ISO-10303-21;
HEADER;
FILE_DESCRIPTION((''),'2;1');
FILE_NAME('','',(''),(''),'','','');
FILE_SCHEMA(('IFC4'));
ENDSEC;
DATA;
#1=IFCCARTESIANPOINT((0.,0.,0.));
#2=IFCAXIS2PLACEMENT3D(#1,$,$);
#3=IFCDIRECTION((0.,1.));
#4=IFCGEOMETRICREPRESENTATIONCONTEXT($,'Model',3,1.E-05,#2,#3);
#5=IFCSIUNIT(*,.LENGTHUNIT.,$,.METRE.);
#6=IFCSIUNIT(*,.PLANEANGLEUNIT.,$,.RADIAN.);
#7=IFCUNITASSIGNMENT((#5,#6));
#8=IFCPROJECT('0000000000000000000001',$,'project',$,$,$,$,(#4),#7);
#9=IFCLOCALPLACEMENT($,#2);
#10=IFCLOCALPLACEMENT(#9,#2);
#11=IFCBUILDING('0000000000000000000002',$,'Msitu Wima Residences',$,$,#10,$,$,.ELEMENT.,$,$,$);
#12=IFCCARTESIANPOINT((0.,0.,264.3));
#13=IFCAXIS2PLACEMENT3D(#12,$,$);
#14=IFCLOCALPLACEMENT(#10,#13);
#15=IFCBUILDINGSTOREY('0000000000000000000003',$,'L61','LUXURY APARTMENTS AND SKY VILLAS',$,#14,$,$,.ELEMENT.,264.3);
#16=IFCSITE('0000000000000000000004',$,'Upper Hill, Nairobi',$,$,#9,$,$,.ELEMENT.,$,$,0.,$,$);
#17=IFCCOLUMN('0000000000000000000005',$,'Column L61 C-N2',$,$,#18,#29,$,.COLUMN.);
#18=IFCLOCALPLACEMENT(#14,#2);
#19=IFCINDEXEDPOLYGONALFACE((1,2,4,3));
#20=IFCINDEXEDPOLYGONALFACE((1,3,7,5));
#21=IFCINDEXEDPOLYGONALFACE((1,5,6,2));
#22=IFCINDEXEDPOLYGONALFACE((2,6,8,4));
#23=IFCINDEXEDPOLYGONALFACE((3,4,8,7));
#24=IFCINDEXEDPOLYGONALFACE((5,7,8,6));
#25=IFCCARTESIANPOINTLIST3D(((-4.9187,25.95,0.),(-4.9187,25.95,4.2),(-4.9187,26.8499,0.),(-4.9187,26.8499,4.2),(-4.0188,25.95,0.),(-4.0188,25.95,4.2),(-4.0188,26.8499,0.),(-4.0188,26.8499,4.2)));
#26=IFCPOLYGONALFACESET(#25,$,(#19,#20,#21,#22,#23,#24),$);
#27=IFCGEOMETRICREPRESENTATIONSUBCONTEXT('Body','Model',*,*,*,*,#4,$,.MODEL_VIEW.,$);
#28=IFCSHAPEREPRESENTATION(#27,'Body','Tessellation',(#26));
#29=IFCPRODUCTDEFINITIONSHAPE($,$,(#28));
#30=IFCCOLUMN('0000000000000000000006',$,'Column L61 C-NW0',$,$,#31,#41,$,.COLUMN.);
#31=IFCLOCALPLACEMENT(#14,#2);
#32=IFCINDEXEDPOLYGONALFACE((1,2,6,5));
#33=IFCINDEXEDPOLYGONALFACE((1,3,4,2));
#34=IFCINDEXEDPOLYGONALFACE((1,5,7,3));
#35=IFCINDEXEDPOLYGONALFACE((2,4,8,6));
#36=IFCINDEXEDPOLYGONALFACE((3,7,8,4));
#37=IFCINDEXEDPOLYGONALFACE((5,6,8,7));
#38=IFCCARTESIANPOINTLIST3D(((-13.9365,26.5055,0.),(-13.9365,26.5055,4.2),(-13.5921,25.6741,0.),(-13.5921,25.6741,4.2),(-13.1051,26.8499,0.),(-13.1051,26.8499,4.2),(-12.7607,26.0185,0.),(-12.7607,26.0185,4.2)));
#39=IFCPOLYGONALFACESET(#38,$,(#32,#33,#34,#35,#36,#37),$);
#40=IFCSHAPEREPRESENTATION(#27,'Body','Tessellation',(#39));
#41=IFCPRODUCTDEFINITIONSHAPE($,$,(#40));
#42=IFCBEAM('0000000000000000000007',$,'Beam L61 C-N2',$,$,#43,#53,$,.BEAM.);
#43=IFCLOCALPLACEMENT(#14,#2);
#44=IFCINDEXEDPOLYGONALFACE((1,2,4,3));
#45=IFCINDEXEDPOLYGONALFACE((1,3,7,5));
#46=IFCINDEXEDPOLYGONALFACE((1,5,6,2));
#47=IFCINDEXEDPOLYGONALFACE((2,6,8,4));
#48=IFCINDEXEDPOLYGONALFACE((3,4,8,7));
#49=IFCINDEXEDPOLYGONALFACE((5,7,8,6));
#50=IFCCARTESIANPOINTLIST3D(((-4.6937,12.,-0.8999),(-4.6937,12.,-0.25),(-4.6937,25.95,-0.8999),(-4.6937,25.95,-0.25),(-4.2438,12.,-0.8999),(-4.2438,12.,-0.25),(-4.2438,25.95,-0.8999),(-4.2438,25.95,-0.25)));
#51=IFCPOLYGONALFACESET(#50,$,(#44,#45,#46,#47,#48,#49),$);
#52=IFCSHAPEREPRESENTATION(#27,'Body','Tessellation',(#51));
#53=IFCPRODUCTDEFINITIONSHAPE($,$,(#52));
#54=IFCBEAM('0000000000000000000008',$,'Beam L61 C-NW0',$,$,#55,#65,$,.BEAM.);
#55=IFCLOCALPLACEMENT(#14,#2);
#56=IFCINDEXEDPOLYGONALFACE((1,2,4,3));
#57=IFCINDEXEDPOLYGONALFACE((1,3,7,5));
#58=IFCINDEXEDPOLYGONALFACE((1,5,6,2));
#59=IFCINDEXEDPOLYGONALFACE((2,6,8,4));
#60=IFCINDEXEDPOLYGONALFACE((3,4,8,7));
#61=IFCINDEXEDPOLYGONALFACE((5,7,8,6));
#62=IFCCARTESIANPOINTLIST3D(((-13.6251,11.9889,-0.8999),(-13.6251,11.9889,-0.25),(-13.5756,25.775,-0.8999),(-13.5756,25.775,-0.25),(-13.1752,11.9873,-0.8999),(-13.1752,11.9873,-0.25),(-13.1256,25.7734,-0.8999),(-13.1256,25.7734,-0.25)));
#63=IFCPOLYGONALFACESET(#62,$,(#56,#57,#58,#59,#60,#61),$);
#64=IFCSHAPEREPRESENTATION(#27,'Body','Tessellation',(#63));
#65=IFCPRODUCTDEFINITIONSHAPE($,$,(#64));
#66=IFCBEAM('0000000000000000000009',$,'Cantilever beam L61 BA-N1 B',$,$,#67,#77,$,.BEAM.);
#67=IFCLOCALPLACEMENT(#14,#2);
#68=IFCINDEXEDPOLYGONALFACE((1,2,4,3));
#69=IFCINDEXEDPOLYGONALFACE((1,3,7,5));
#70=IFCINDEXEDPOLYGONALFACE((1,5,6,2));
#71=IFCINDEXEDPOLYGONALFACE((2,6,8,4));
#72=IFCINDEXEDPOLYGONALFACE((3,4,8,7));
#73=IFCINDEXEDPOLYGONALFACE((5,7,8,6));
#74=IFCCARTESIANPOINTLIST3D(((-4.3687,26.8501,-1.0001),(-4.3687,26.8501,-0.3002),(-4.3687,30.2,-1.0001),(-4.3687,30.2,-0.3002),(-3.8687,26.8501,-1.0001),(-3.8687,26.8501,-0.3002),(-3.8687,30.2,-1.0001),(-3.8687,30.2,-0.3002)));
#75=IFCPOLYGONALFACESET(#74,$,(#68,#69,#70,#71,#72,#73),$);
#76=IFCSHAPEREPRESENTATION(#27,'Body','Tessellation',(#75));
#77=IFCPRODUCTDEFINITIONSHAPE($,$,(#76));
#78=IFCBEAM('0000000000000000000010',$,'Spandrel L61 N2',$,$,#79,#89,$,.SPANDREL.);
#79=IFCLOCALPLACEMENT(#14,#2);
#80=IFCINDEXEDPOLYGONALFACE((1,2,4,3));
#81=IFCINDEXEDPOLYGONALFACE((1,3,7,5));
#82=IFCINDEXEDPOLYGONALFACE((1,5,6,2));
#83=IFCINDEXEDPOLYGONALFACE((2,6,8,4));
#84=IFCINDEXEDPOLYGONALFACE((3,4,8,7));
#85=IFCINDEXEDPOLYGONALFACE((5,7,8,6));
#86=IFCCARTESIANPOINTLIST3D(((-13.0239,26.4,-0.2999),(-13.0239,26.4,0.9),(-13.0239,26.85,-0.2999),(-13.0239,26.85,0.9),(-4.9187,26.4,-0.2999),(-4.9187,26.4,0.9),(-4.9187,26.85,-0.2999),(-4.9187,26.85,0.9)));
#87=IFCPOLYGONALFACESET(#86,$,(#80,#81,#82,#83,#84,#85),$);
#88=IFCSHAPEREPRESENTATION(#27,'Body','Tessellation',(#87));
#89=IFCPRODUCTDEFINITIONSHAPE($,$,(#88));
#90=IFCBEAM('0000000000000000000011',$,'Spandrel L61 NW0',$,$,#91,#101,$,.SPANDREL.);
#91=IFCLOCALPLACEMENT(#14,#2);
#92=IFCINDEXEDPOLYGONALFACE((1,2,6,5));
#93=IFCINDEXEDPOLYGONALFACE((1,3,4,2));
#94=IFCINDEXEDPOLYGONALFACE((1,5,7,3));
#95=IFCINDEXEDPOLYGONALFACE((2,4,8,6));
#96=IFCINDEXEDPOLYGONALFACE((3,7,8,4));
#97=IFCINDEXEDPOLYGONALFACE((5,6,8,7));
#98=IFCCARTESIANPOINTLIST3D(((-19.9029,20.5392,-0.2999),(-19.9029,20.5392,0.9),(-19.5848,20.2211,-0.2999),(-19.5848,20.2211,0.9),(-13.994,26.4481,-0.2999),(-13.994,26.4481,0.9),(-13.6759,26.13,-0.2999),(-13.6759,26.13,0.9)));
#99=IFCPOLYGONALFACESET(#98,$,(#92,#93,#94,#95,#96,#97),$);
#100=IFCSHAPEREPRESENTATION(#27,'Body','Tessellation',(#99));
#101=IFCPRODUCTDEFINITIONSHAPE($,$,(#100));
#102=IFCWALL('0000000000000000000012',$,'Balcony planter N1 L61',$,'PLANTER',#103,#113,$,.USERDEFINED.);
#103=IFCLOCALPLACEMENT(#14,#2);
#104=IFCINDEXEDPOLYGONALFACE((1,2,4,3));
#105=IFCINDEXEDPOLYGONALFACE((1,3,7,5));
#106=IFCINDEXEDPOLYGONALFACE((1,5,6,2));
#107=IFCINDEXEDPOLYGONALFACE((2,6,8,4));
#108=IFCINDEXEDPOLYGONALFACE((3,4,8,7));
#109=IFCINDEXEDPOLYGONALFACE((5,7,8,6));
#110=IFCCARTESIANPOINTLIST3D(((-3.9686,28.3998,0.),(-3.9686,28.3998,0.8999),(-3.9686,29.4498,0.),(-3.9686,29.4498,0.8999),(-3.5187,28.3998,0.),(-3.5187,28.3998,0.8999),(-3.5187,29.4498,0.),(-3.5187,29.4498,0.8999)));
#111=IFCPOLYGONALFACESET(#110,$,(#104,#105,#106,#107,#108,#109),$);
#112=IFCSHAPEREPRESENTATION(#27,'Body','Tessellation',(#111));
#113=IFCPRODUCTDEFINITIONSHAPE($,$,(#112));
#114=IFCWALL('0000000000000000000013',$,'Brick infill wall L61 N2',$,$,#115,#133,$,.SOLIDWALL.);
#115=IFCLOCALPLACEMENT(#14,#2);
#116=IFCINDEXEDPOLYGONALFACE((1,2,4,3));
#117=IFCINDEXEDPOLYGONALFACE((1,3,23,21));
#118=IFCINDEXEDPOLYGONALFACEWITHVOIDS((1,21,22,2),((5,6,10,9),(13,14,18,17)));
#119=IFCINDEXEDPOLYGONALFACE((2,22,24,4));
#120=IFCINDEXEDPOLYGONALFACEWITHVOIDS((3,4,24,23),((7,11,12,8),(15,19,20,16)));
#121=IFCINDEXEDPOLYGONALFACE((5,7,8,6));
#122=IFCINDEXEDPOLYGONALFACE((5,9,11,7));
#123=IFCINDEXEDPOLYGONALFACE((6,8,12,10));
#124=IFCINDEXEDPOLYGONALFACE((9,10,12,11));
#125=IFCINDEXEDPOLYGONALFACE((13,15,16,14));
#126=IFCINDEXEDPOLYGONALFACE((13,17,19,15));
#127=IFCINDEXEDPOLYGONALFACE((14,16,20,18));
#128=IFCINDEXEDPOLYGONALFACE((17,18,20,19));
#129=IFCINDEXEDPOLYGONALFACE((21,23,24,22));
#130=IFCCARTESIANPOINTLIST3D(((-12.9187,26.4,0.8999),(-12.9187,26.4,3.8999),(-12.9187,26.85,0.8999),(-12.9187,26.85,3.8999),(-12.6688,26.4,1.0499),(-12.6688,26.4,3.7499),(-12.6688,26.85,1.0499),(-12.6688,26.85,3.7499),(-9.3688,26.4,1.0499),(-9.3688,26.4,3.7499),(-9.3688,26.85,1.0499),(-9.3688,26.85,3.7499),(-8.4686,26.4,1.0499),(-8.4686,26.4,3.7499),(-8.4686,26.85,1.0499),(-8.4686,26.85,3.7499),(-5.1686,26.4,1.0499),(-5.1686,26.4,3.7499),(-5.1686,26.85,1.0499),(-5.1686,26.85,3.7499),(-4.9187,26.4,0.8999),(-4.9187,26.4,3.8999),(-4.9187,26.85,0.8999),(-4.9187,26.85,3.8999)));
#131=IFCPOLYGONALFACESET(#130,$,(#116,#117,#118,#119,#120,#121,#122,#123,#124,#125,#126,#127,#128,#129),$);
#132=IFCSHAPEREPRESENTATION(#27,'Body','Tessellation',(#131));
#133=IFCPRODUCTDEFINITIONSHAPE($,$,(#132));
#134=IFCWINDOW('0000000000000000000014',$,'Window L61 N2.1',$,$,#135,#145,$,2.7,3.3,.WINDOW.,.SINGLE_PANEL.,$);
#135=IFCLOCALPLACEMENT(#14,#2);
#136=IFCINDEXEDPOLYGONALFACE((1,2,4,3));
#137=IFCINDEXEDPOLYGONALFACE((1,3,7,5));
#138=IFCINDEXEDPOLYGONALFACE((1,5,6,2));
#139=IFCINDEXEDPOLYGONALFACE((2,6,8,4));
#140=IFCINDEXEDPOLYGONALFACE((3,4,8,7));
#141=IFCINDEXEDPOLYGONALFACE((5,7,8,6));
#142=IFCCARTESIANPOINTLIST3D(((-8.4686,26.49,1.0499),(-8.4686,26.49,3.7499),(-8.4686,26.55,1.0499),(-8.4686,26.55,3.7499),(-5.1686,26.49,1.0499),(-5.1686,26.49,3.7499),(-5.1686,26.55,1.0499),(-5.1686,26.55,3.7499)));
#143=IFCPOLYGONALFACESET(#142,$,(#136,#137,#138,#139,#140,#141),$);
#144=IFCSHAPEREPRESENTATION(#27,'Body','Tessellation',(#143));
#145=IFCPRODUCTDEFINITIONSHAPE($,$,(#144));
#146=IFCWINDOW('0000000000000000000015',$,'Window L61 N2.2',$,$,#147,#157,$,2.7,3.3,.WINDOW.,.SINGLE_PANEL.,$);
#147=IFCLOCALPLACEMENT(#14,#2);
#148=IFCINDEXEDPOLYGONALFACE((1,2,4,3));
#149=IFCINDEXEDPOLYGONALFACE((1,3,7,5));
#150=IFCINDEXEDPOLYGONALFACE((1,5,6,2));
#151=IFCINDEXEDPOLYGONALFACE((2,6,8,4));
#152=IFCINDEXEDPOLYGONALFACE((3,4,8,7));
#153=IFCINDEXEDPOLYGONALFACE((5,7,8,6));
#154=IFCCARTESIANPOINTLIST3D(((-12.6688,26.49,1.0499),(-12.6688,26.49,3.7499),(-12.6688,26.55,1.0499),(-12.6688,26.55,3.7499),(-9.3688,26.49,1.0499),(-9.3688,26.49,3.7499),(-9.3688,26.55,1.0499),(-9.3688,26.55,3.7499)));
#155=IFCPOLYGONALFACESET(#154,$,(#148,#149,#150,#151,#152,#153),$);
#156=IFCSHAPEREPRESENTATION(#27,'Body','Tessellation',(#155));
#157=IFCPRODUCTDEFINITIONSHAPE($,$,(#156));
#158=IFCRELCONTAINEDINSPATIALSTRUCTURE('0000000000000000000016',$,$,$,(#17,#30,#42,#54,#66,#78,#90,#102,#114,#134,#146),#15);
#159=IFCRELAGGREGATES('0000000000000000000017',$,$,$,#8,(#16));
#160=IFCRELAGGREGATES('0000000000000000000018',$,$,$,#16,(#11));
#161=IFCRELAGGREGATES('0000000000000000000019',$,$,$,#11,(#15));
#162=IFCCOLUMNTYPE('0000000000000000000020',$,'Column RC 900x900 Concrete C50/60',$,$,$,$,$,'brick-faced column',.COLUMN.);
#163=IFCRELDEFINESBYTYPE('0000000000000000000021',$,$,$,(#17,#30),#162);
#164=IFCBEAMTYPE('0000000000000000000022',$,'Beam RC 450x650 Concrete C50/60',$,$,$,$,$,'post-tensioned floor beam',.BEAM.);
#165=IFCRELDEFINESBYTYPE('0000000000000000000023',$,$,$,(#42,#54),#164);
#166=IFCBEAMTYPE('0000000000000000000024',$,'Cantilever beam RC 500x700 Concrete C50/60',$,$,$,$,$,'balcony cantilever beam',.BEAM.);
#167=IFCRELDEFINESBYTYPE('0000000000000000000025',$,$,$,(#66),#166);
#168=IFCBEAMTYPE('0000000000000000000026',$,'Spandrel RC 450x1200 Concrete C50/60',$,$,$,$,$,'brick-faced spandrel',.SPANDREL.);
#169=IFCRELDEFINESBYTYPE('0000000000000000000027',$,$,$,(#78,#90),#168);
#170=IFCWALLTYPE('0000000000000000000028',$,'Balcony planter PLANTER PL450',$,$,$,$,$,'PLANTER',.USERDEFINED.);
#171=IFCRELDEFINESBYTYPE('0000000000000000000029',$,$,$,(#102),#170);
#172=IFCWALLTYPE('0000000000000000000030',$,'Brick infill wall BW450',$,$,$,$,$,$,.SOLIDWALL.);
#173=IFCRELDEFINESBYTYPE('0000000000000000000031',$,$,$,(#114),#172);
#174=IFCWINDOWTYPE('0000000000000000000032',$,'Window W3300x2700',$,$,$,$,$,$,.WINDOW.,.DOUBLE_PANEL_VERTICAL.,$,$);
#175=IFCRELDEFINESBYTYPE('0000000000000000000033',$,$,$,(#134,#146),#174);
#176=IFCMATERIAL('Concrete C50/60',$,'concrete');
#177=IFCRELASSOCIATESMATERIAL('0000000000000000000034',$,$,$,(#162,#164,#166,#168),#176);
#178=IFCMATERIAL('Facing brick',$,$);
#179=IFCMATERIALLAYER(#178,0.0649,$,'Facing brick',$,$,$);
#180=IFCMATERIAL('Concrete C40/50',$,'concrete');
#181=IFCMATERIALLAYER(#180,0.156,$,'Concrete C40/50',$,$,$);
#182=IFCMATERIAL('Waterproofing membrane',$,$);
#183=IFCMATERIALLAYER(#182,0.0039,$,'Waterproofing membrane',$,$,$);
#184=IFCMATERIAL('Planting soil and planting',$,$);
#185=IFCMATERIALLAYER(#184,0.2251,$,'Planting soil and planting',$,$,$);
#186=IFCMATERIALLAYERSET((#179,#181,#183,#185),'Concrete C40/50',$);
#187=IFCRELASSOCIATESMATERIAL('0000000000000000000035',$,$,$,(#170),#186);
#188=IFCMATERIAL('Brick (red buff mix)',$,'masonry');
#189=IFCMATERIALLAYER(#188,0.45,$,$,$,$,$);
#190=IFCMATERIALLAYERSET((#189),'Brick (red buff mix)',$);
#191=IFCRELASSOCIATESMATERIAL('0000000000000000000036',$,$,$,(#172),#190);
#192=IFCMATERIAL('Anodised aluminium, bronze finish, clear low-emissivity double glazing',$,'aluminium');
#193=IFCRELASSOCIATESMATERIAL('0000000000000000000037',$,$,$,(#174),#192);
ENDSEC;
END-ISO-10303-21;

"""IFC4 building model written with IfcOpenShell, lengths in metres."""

from ifc_helpers import new_model, si_unit, direction, frame, frame_2d, origin, origin_2d, place, context, subcontext, project, spatial, rectangle, extrude, material, layer, layer_set, material_profile, profile_set, type_object, element, fill, save


model = new_model("IFC4")

# Units and contexts
model_context = context("Model", 3, precision=1e-05, world=origin(), true_north=direction((0.0, 1.0)))
body_context = subcontext(model_context, "Body", "Model", "MODEL_VIEW")
ifc_project = project(units=[si_unit("LENGTHUNIT", "METRE"), si_unit("PLANEANGLEUNIT", "RADIAN")], contexts=[model_context])

# Site, building, storey
site_placement = place(None, origin())
site = spatial("IfcSite", under=ifc_project, at=site_placement, Name="Upper Hill, Nairobi", CompositionType="ELEMENT", RefElevation=0.0)
building_placement = place(site_placement, origin())
building = spatial("IfcBuilding", under=site, at=building_placement, Name="Msitu Wima Residences", CompositionType="ELEMENT")
storey_placement = place(building_placement, frame((0.0, 0.0, 264.3)))
storey = spatial("IfcBuildingStorey", under=building, at=storey_placement, Name="L61", Description="LUXURY APARTMENTS AND SKY VILLAS", CompositionType="ELEMENT", Elevation=264.3)

# Columns
ifc_material_1 = material(Name="Concrete C50/60", Category="concrete")
ifc_material_profile_1 = material_profile(ifc_material_1, rectangle(XDim=0.8999, YDim=0.8999, at=origin_2d()), Name="RC 900x900")
ifc_profile_set_1 = profile_set([ifc_material_profile_1], Name="Concrete C50/60")
column_type = type_object("IfcColumnType", Name="Column RC 900x900 Concrete C50/60", ElementType="brick-faced column", PredefinedType="COLUMN", material=ifc_profile_set_1)
for number, where, z_axis, x_axis, name in (
    (1, (-4.4688, 26.3999, 0.0), (0.0, 0.0, 1.0), (-1.0, 0.0, 0.0), "Column L61 C-N2"),
    (2, (-13.3486, 26.262, 0.0), (0.0, 0.0, 1.0), (-0.92388, -0.382683, 0.0), "Column L61 C-NW0"),
):
    element("IfcColumn", number, at=place(storey_placement, frame(where, z_axis=z_axis, x_axis=x_axis)), inside=storey, type_object=column_type, Name=name, PredefinedType="COLUMN", context=body_context, shape_type="SweptSolid", body=[
        extrude(rectangle(XDim=0.8999, YDim=0.8999, at=origin_2d()), origin(), (0.0, 0.0, 1.0), 4.2),
    ])

# Beams
ifc_material_profile_2 = material_profile(ifc_material_1, rectangle(XDim=0.45, YDim=0.6499, at=origin_2d()), Name="RC 450x650")
ifc_profile_set_2 = profile_set([ifc_material_profile_2], Name="Concrete C50/60")
beam_type_1 = type_object("IfcBeamType", Name="Beam RC 450x650 Concrete C50/60", ElementType="post-tensioned floor beam", PredefinedType="BEAM", material=ifc_profile_set_2)
beam_1_placement = place(storey_placement, frame((-4.4688, 25.95, -0.575), z_axis=(0.0, -1.0, 0.0), x_axis=(1.0, 0.0, 0.0)))
element("IfcBeam", 3, at=beam_1_placement, inside=storey, type_object=beam_type_1, Name="Beam L61 C-N2", PredefinedType="BEAM", context=body_context, shape_type="SweptSolid", body=[
    extrude(rectangle(XDim=0.45, YDim=0.6499, at=origin_2d()), origin(), (0.0, 0.0, 1.0), 13.95),
])
beam_2_placement = place(storey_placement, frame((-13.3506, 25.7742, -0.575), z_axis=(-0.003595, -0.999994, 0.0), x_axis=(0.999994, -0.003595, 0.0)))
element("IfcBeam", 4, at=beam_2_placement, inside=storey, type_object=beam_type_1, Name="Beam L61 C-NW0", PredefinedType="BEAM", context=body_context, shape_type="SweptSolid", body=[
    extrude(rectangle(XDim=0.45, YDim=0.6499, at=origin_2d()), origin(), (0.0, 0.0, 1.0), 13.7861),
])
ifc_material_profile_3 = material_profile(ifc_material_1, rectangle(XDim=0.5, YDim=0.7, at=origin_2d()), Name="RC 500x700")
ifc_profile_set_3 = profile_set([ifc_material_profile_3], Name="Concrete C50/60")
beam_type_2 = type_object("IfcBeamType", Name="Cantilever beam RC 500x700 Concrete C50/60", ElementType="balcony cantilever beam", PredefinedType="BEAM", material=ifc_profile_set_3)
beam_3_placement = place(storey_placement, frame((-4.1187, 26.8501, -0.6501), z_axis=(0.0, 1.0, 0.0), x_axis=(-1.0, 0.0, 0.0)))
element("IfcBeam", 5, at=beam_3_placement, inside=storey, type_object=beam_type_2, Name="Cantilever beam L61 BA-N1 B", PredefinedType="BEAM", context=body_context, shape_type="SweptSolid", body=[
    extrude(rectangle(XDim=0.5, YDim=0.7, at=origin_2d()), origin(), (0.0, 0.0, 1.0), 3.3499),
])
ifc_material_profile_4 = material_profile(ifc_material_1, rectangle(XDim=0.45, YDim=1.2, at=origin_2d()), Name="RC 450x1200")
ifc_profile_set_4 = profile_set([ifc_material_profile_4], Name="Concrete C50/60")
beam_type_3 = type_object("IfcBeamType", Name="Spandrel RC 450x1200 Concrete C50/60", ElementType="brick-faced spandrel", PredefinedType="SPANDREL", material=ifc_profile_set_4)
beam_4_placement = place(storey_placement, frame((-4.9187, 26.625, 0.3), z_axis=(-1.0, 0.0, 0.0), x_axis=(0.0, -1.0, 0.0)))
element("IfcBeam", 6, at=beam_4_placement, inside=storey, type_object=beam_type_3, Name="Spandrel L61 N2", PredefinedType="SPANDREL", context=body_context, shape_type="SweptSolid", body=[
    extrude(rectangle(XDim=0.45, YDim=1.2, at=origin_2d()), origin(), (0.0, 0.0, 1.0), 8.1052),
])
beam_5_placement = place(storey_placement, frame((-13.835, 26.2891, 0.3), z_axis=(-0.707107, -0.707107, 0.0), x_axis=(0.707107, -0.707107, 0.0)))
element("IfcBeam", 7, at=beam_5_placement, inside=storey, type_object=beam_type_3, Name="Spandrel L61 NW0", PredefinedType="SPANDREL", context=body_context, shape_type="SweptSolid", body=[
    extrude(rectangle(XDim=0.45, YDim=1.2, at=origin_2d()), origin(), (0.0, 0.0, 1.0), 8.3564),
])

# Wall
ifc_material_2 = material(Name="Facing brick")
ifc_layer_1 = layer(ifc_material_2, 0.0649, Name="Facing brick")
ifc_material_3 = material(Name="Concrete C40/50", Category="concrete")
ifc_layer_2 = layer(ifc_material_3, 0.156, Name="Concrete C40/50")
ifc_material_4 = material(Name="Waterproofing membrane")
ifc_layer_3 = layer(ifc_material_4, 0.0039, Name="Waterproofing membrane")
ifc_material_5 = material(Name="Planting soil and planting")
ifc_layer_4 = layer(ifc_material_5, 0.2251, Name="Planting soil and planting")
ifc_layer_set_1 = layer_set([ifc_layer_1, ifc_layer_2, ifc_layer_3, ifc_layer_4], Name="Concrete C40/50")
wall_type_1 = type_object("IfcWallType", Name="Balcony planter PLANTER PL450", ElementType="PLANTER", PredefinedType="USERDEFINED", material=ifc_layer_set_1)
wall_1_placement = place(storey_placement, frame((-3.7437, 28.3999, 0.0), z_axis=(0.0, 0.0, 1.0), x_axis=(0.0, 1.0, 0.0)))
element("IfcWall", 8, at=wall_1_placement, inside=storey, type_object=wall_type_1, Name="Balcony planter N1 L61", ObjectType="PLANTER", PredefinedType="USERDEFINED", context=body_context, shape_type="SweptSolid", body=[
    extrude(rectangle(XDim=1.05, YDim=0.45, at=frame_2d((0.5249, 0.0))), origin(), (0.0, 0.0, 1.0), 0.8999),
])

# Wall, openings, windows
ifc_material_6 = material(Name="Brick (red buff mix)", Category="masonry")
ifc_layer_5 = layer(ifc_material_6, 0.45)
ifc_layer_set_2 = layer_set([ifc_layer_5], Name="Brick (red buff mix)")
wall_type_2 = type_object("IfcWallType", Name="Brick infill wall BW450", PredefinedType="SOLIDWALL", material=ifc_layer_set_2)
wall_2_placement = place(storey_placement, frame((-4.9187, 26.625, 0.8999), z_axis=(0.0, 0.0, 1.0), x_axis=(-1.0, 0.0, 0.0)))
wall_2 = element("IfcWall", 9, at=wall_2_placement, inside=storey, type_object=wall_type_2, Name="Brick infill wall L61 N2", PredefinedType="SOLIDWALL", context=body_context, shape_type="SweptSolid", body=[
    extrude(rectangle(XDim=8.0, YDim=0.45, at=frame_2d((4.0, 0.0))), origin(), (0.0, 0.0, 1.0), 3.0),
])
opening_1_placement = place(wall_2_placement, frame((0.25, 0.0, 0.1499)))
opening_1 = element("IfcOpeningElement", 10, at=opening_1_placement, cuts=wall_2, PredefinedType="OPENING", context=body_context, shape_type="SweptSolid", body=[
    extrude(rectangle(XDim=3.3, YDim=2.7, at=frame_2d((1.6499, 1.3501))), frame((0.0, 0.2349, 0.0), z_axis=(0.0, -1.0, 0.0), x_axis=(1.0, 0.0, 0.0)), (0.0, 0.0, 1.0), 0.47),
])
opening_2_placement = place(wall_2_placement, frame((4.4502, 0.0, 0.1499)))
opening_2 = element("IfcOpeningElement", 11, at=opening_2_placement, cuts=wall_2, PredefinedType="OPENING", context=body_context, shape_type="SweptSolid", body=[
    extrude(rectangle(XDim=3.3, YDim=2.7, at=frame_2d((1.6499, 1.3501))), frame((0.0, 0.2349, 0.0), z_axis=(0.0, -1.0, 0.0), x_axis=(1.0, 0.0, 0.0)), (0.0, 0.0, 1.0), 0.47),
])
ifc_material_7 = material(Name="Anodised aluminium, bronze finish, clear low-emissivity double glazing", Category="aluminium")
window_type = type_object("IfcWindowType", Name="Window W3300x2700", PartitioningType="DOUBLE_PANEL_VERTICAL", PredefinedType="WINDOW", material=ifc_material_7)
window_1_placement = place(opening_1_placement, origin())
window_1 = element("IfcWindow", 12, at=window_1_placement, inside=storey, type_object=window_type, Name="Window L61 N2.1", OverallHeight=2.7, OverallWidth=3.3, PartitioningType="SINGLE_PANEL", PredefinedType="WINDOW", context=body_context, shape_type="SweptSolid", body=[
    extrude(rectangle(XDim=3.3, YDim=2.7, at=frame_2d((1.6499, 1.3501))), frame((0.0, 0.135, 0.0), z_axis=(0.0, -1.0, 0.0), x_axis=(1.0, 0.0, 0.0)), (0.0, 0.0, 1.0), 0.0601),
])
fill(opening_1, window_1)
window_2_placement = place(opening_2_placement, origin())
window_2 = element("IfcWindow", 13, at=window_2_placement, inside=storey, type_object=window_type, Name="Window L61 N2.2", OverallHeight=2.7, OverallWidth=3.3, PartitioningType="SINGLE_PANEL", PredefinedType="WINDOW", context=body_context, shape_type="SweptSolid", body=[
    extrude(rectangle(XDim=3.3, YDim=2.7, at=frame_2d((1.6499, 1.3501))), frame((0.0, 0.135, 0.0), z_axis=(0.0, -1.0, 0.0), x_axis=(1.0, 0.0, 0.0)), (0.0, 0.0, 1.0), 0.0601),
])
fill(opening_2, window_2)

save(model, "model.ifc")
